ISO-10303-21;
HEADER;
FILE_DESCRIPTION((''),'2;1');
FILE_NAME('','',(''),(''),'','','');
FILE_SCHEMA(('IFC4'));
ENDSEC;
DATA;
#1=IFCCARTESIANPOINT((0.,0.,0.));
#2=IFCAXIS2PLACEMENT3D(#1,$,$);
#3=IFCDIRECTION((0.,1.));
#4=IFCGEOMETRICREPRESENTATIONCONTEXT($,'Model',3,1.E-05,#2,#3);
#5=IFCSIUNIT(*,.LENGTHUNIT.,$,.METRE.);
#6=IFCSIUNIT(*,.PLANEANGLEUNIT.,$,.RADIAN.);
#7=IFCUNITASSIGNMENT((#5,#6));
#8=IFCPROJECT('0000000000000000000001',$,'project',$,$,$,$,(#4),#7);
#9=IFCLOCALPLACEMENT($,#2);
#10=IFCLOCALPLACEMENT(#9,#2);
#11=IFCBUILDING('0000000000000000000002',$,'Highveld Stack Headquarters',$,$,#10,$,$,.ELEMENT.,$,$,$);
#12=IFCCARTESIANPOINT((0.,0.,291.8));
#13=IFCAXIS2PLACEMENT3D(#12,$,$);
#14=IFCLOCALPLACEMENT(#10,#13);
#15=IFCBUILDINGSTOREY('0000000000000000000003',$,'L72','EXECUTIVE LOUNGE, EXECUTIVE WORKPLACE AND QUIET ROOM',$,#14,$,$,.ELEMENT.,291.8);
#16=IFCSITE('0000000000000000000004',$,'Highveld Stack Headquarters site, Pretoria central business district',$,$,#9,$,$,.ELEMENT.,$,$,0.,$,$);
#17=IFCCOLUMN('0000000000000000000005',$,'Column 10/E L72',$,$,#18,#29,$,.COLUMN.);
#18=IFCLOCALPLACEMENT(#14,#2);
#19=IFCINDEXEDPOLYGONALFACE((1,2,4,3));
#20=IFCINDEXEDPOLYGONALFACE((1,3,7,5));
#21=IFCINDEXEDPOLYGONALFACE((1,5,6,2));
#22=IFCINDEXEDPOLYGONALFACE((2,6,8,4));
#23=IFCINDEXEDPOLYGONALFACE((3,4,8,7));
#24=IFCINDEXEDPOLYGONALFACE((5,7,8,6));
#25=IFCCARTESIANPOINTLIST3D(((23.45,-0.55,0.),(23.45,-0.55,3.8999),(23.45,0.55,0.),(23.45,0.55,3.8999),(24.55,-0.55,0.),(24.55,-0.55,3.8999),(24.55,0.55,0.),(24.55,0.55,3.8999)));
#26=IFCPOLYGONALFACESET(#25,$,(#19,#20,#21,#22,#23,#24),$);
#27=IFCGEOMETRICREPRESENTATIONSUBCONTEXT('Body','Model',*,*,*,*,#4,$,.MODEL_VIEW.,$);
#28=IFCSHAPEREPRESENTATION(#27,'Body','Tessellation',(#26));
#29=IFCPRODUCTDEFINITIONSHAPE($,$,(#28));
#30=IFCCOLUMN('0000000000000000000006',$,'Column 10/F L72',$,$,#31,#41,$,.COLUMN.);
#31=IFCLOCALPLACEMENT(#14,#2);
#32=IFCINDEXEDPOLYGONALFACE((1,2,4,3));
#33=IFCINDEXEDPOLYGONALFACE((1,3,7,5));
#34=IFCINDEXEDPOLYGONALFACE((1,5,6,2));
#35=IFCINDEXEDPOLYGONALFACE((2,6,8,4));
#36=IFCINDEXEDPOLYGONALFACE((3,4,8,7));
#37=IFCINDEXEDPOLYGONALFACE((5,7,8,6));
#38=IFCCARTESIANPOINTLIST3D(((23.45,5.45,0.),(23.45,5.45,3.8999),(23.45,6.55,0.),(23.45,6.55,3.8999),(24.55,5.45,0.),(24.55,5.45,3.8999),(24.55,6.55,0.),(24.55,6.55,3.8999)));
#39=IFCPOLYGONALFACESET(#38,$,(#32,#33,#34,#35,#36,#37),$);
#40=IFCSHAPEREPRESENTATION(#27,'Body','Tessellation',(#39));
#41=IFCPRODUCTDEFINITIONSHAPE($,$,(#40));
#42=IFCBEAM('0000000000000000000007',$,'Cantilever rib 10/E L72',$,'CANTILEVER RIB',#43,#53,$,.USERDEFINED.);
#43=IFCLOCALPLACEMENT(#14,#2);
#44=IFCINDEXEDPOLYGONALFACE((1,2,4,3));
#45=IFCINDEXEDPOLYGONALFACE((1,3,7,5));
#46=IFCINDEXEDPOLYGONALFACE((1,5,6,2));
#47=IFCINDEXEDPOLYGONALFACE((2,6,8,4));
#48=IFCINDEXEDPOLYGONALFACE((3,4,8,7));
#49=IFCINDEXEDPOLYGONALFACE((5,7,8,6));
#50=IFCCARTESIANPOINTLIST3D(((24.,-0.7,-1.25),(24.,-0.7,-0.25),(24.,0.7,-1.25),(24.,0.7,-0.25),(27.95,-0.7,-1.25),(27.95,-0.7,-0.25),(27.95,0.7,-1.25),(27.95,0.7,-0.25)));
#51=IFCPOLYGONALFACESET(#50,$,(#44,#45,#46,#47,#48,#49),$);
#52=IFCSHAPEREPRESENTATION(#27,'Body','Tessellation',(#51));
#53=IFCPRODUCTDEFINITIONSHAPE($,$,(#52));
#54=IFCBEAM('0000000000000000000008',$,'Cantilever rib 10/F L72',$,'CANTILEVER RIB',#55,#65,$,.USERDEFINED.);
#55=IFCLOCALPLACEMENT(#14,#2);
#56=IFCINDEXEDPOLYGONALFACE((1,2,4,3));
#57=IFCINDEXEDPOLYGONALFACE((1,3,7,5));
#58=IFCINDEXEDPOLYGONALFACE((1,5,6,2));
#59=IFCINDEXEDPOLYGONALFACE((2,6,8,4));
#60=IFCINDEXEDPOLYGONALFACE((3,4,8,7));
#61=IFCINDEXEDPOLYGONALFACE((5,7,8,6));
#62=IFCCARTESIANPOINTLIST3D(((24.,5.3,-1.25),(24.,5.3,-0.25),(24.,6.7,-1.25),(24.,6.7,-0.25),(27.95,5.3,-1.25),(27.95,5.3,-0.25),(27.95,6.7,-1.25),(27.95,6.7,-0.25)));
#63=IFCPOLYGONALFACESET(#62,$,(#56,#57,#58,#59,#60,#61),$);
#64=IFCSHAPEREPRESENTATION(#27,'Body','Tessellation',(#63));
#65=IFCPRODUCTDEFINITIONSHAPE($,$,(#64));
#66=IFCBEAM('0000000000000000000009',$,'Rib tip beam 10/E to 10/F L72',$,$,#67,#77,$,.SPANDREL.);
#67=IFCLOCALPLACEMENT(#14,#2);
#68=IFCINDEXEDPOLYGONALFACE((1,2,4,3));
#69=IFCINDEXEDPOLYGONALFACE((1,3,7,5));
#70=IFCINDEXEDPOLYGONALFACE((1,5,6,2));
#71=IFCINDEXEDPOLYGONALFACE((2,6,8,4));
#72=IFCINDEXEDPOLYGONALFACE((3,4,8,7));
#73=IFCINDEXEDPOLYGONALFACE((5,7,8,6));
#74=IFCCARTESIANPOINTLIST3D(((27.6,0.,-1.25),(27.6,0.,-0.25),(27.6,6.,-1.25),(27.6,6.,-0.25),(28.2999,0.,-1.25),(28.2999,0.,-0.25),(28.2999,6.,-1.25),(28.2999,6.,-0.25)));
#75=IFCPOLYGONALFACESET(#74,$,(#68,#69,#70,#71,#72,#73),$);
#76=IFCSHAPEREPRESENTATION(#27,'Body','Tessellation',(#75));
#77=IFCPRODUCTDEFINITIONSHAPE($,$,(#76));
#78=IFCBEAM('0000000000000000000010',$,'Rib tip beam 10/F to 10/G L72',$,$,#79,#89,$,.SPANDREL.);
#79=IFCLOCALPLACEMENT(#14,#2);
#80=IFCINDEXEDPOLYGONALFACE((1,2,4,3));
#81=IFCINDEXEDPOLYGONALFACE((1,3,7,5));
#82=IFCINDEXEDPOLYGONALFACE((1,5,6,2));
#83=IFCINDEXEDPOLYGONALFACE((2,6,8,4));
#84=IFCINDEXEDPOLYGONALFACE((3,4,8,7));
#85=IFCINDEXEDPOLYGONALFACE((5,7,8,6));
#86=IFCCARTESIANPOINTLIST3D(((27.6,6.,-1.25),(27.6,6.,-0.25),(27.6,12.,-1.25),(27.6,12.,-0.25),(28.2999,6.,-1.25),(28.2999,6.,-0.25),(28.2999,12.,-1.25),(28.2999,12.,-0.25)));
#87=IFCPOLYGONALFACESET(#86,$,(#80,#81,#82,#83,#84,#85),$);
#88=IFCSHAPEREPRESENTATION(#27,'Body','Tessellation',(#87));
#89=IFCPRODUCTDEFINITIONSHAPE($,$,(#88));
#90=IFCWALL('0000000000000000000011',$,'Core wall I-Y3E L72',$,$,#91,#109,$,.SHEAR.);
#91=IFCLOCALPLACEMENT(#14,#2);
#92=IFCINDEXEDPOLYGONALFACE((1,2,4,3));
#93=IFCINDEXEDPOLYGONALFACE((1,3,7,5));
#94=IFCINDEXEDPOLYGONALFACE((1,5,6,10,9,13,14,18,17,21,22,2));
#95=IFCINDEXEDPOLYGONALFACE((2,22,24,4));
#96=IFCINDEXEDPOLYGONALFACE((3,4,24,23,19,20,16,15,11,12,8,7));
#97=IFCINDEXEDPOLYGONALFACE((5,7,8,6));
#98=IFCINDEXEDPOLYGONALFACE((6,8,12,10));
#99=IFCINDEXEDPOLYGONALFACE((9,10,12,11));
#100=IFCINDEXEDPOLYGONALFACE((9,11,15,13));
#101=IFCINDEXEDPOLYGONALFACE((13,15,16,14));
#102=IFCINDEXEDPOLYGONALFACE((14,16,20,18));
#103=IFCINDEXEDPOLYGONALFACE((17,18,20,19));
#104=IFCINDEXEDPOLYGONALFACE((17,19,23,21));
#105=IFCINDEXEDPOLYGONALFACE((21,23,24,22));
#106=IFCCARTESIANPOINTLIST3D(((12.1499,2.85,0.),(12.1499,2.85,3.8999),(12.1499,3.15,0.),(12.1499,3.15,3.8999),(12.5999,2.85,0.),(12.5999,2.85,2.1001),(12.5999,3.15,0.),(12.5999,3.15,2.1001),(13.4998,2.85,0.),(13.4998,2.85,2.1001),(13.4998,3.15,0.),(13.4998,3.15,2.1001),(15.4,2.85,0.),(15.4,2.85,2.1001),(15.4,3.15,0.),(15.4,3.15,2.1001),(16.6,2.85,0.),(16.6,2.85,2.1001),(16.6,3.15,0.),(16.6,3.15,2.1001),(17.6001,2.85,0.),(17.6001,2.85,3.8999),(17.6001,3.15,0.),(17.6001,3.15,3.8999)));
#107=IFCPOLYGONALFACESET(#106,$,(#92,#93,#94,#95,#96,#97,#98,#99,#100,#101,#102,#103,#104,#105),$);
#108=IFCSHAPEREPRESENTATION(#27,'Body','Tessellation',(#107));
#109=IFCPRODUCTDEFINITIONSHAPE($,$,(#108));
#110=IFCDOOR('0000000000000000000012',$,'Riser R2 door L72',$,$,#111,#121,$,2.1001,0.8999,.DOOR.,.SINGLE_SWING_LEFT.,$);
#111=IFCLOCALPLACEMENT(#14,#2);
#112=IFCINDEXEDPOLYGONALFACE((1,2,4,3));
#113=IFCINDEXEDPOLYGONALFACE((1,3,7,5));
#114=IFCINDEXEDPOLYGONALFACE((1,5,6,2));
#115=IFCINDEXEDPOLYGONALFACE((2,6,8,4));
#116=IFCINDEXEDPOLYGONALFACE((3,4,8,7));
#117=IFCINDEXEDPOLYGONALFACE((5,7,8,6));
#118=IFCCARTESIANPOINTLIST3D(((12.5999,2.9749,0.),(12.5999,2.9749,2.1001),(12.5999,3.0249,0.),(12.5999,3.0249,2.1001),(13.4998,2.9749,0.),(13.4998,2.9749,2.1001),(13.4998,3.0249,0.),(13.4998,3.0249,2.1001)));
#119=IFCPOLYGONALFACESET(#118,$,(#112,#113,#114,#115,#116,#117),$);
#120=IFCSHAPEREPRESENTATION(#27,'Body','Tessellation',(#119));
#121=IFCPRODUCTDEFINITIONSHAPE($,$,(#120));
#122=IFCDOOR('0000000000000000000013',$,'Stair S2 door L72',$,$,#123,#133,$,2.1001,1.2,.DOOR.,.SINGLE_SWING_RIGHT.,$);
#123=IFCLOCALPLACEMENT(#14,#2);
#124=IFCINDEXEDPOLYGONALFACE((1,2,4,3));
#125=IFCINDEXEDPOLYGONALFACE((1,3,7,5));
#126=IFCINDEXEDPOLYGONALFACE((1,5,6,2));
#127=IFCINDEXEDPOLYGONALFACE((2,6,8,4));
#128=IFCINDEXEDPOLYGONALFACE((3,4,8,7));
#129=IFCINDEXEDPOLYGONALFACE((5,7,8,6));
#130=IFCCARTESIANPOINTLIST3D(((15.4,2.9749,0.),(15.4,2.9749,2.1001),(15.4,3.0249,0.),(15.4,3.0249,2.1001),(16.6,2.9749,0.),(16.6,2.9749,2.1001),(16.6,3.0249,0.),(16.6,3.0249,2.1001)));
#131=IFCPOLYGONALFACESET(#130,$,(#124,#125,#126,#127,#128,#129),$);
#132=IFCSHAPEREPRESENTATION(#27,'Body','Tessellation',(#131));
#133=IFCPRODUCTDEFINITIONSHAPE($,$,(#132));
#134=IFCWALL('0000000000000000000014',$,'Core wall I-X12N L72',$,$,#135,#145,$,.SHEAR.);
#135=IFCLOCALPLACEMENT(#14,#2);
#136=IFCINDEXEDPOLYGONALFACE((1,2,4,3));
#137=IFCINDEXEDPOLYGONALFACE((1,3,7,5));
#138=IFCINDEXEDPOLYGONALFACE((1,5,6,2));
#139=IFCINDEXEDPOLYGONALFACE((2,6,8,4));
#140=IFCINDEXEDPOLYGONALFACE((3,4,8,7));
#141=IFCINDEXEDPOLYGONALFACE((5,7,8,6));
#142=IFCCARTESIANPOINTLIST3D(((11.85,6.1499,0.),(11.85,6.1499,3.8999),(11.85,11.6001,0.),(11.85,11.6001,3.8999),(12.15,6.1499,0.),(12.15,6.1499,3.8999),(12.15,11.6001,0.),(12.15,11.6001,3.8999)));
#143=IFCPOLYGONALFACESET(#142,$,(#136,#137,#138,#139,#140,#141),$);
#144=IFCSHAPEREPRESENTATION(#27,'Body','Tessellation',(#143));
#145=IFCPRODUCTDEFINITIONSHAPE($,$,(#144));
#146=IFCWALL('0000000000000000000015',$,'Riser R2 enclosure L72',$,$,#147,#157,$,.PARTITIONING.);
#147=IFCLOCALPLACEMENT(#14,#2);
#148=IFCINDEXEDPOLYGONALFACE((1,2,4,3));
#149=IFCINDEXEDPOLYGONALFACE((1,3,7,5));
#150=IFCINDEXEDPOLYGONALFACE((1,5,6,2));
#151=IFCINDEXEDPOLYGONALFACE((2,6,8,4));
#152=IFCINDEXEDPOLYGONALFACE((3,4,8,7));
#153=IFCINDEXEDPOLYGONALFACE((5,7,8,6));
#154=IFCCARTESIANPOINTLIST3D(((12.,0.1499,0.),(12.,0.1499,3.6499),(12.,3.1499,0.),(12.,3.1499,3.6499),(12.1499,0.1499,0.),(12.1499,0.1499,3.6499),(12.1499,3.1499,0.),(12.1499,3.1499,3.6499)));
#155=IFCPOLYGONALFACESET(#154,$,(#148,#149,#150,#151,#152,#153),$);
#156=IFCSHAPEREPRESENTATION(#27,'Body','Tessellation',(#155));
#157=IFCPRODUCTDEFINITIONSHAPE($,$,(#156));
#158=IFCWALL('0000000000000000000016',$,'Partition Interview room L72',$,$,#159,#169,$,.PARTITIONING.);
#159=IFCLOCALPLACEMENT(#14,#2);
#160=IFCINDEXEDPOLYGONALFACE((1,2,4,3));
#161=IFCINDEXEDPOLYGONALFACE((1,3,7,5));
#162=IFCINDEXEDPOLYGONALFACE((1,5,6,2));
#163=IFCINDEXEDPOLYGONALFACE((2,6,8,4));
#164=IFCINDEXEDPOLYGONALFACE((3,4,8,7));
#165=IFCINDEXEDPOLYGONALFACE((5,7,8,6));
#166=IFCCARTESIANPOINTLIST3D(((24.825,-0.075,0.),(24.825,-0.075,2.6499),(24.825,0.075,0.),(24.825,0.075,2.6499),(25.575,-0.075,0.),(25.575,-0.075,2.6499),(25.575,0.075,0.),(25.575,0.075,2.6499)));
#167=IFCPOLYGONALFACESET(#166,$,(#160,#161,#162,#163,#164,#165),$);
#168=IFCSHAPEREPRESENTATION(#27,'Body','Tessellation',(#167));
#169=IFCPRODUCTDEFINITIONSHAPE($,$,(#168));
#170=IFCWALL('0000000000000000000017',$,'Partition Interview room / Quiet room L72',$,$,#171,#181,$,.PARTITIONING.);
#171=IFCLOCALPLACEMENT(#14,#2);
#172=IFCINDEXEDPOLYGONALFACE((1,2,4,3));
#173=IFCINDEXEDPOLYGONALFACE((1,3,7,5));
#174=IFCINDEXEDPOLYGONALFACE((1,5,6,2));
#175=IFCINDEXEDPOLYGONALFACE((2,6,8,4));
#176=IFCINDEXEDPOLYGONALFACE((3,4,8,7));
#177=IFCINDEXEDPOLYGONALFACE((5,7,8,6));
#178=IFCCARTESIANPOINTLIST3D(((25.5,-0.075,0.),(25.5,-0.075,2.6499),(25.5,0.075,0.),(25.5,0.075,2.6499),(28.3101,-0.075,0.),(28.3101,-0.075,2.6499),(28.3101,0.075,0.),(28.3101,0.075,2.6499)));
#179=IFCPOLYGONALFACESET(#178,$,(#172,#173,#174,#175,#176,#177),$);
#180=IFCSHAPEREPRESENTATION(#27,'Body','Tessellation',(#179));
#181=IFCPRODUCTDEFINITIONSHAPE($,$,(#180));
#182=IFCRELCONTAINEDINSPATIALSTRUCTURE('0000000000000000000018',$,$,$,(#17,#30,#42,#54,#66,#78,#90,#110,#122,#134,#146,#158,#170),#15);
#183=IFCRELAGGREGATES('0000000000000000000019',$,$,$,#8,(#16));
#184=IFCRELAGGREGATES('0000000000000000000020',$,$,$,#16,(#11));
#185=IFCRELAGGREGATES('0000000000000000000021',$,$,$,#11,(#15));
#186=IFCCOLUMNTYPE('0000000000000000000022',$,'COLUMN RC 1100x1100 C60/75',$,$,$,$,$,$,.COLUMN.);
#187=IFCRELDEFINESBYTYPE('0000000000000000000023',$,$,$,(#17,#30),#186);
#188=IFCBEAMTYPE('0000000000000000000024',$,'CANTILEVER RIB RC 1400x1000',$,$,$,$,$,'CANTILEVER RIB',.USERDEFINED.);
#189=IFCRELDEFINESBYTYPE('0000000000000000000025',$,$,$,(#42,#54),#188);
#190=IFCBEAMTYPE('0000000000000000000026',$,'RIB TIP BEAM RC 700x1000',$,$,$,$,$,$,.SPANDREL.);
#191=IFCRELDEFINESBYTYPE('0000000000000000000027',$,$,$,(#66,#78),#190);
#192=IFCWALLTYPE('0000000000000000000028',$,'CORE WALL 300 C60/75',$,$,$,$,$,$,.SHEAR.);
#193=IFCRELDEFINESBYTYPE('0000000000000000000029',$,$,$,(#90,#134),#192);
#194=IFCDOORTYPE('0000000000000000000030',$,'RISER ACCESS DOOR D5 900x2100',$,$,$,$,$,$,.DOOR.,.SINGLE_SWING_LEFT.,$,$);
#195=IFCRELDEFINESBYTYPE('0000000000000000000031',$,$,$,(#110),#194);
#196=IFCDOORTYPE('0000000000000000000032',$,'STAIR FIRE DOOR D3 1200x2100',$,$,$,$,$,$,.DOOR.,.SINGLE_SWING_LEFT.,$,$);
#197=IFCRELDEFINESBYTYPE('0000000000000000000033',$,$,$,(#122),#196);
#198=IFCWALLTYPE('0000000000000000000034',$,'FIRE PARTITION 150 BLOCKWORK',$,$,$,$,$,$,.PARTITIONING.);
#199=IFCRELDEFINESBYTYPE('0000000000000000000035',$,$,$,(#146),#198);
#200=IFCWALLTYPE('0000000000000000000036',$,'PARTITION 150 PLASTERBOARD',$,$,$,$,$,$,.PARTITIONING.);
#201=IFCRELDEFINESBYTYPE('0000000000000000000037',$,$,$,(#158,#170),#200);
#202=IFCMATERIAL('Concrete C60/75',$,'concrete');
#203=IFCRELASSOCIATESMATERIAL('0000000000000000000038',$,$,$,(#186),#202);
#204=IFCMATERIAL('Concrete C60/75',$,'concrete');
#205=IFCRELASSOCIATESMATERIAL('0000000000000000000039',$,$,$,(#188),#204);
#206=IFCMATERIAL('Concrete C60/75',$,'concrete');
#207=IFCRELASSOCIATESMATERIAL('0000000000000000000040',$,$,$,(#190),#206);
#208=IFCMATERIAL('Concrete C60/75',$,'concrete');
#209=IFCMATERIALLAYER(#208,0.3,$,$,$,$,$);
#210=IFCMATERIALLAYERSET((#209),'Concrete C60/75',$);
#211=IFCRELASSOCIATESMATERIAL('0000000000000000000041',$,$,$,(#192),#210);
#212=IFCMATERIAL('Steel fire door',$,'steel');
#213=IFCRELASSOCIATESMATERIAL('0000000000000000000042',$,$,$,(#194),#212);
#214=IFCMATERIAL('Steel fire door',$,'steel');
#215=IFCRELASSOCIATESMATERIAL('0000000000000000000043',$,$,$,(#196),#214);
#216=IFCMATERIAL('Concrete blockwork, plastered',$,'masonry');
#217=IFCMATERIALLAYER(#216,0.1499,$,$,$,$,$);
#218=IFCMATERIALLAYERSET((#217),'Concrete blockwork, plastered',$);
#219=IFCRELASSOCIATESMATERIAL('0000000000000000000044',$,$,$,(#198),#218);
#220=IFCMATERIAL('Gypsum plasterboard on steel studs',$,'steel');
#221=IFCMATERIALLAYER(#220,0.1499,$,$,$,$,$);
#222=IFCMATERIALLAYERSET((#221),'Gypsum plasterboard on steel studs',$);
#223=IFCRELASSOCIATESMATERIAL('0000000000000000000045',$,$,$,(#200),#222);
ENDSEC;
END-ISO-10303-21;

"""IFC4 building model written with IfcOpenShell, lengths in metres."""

from ifc_helpers import new_model, si_unit, direction, frame, frame_2d, origin, origin_2d, place, context, subcontext, project, spatial, rectangle, extrude, material, layer, layer_set, material_profile, profile_set, type_object, element, fill, save


model = new_model("IFC4")

# Units and contexts
model_context = context("Model", 3, precision=1e-05, world=origin(), true_north=direction((0.0, 1.0)))
body_context = subcontext(model_context, "Body", "Model", "MODEL_VIEW")
ifc_project = project(units=[si_unit("LENGTHUNIT", "METRE"), si_unit("PLANEANGLEUNIT", "RADIAN")], contexts=[model_context])

# Site, building, storey
site_placement = place(None, origin())
site = spatial("IfcSite", under=ifc_project, at=site_placement, Name="Highveld Stack Headquarters site, Pretoria central business district", CompositionType="ELEMENT", RefElevation=0.0)
building_placement = place(site_placement, origin())
building = spatial("IfcBuilding", under=site, at=building_placement, Name="Highveld Stack Headquarters", CompositionType="ELEMENT")
storey_placement = place(building_placement, frame((0.0, 0.0, 291.8)))
storey = spatial("IfcBuildingStorey", under=building, at=storey_placement, Name="L72", Description="EXECUTIVE LOUNGE, EXECUTIVE WORKPLACE AND QUIET ROOM", CompositionType="ELEMENT", Elevation=291.8)

# Columns
ifc_material_1 = material(Name="Concrete C60/75", Category="concrete")
ifc_material_profile_1 = material_profile(ifc_material_1, rectangle(XDim=1.1001, YDim=1.1001, at=origin_2d()), Name="RC 1100x1100")
ifc_profile_set_1 = profile_set([ifc_material_profile_1], Name="Concrete C60/75")
column_type = type_object("IfcColumnType", Name="COLUMN RC 1100x1100 C60/75", PredefinedType="COLUMN", material=ifc_profile_set_1)
for number, where, z_axis, x_axis, name in (
    (1, (24.0, 0.0, 0.0), (0.0, 0.0, 1.0), (1.0, 0.0, 0.0), "Column 10/E L72"),
    (2, (24.0, 6.0, 0.0), (0.0, 0.0, 1.0), (1.0, 0.0, 0.0), "Column 10/F L72"),
):
    element("IfcColumn", number, at=place(storey_placement, frame(where, z_axis=z_axis, x_axis=x_axis)), inside=storey, type_object=column_type, Name=name, PredefinedType="COLUMN", context=body_context, shape_type="SweptSolid", body=[
        extrude(rectangle(XDim=1.1001, YDim=1.1001, at=origin_2d()), origin(), (0.0, 0.0, 1.0), 3.8999),
    ])

# Beams
ifc_material_2 = material(Name="Concrete C60/75", Category="concrete")
ifc_material_profile_2 = material_profile(ifc_material_2, rectangle(XDim=1.3999, YDim=1.0, at=origin_2d()), Name="RC 1400x1000")
ifc_profile_set_2 = profile_set([ifc_material_profile_2], Name="Concrete C60/75")
beam_type_1 = type_object("IfcBeamType", Name="CANTILEVER RIB RC 1400x1000", ElementType="CANTILEVER RIB", PredefinedType="USERDEFINED", material=ifc_profile_set_2)
for number, where, z_axis, x_axis, name in (
    (3, (24.0, 0.0, -0.75), (1.0, 0.0, 0.0), (0.0, 1.0, 0.0), "Cantilever rib 10/E L72"),
    (4, (24.0, 6.0, -0.75), (1.0, 0.0, 0.0), (0.0, 1.0, 0.0), "Cantilever rib 10/F L72"),
):
    element("IfcBeam", number, at=place(storey_placement, frame(where, z_axis=z_axis, x_axis=x_axis)), inside=storey, type_object=beam_type_1, Name=name, ObjectType="CANTILEVER RIB", PredefinedType="USERDEFINED", context=body_context, shape_type="SweptSolid", body=[
        extrude(rectangle(XDim=1.3999, YDim=1.0, at=origin_2d()), origin(), (0.0, 0.0, 1.0), 3.95),
    ])
ifc_material_3 = material(Name="Concrete C60/75", Category="concrete")
ifc_material_profile_3 = material_profile(ifc_material_3, rectangle(XDim=0.7, YDim=1.0, at=origin_2d()), Name="RC 700x1000")
ifc_profile_set_3 = profile_set([ifc_material_profile_3], Name="Concrete C60/75")
beam_type_2 = type_object("IfcBeamType", Name="RIB TIP BEAM RC 700x1000", PredefinedType="SPANDREL", material=ifc_profile_set_3)
for number, where, z_axis, x_axis, name in (
    (5, (27.95, 0.0, -0.75), (0.0, 1.0, 0.0), (-1.0, 0.0, 0.0), "Rib tip beam 10/E to 10/F L72"),
    (6, (27.95, 6.0, -0.75), (0.0, 1.0, 0.0), (-1.0, 0.0, 0.0), "Rib tip beam 10/F to 10/G L72"),
):
    element("IfcBeam", number, at=place(storey_placement, frame(where, z_axis=z_axis, x_axis=x_axis)), inside=storey, type_object=beam_type_2, Name=name, PredefinedType="SPANDREL", context=body_context, shape_type="SweptSolid", body=[
        extrude(rectangle(XDim=0.7, YDim=1.0, at=origin_2d()), origin(), (0.0, 0.0, 1.0), 6.0),
    ])

# Wall, openings, doors
ifc_material_4 = material(Name="Concrete C60/75", Category="concrete")
ifc_layer_1 = layer(ifc_material_4, 0.3)
ifc_layer_set_1 = layer_set([ifc_layer_1], Name="Concrete C60/75")
wall_type_1 = type_object("IfcWallType", Name="CORE WALL 300 C60/75", PredefinedType="SHEAR", material=ifc_layer_set_1)
wall_1_placement = place(storey_placement, frame((12.1499, 3.0, 0.0), z_axis=(0.0, 0.0, 1.0), x_axis=(1.0, 0.0, 0.0)))
wall_1 = element("IfcWall", 7, at=wall_1_placement, inside=storey, type_object=wall_type_1, Name="Core wall I-Y3E L72", PredefinedType="SHEAR", context=body_context, shape_type="SweptSolid", body=[
    extrude(rectangle(XDim=5.4502, YDim=0.3, at=frame_2d((2.7251, 0.0))), origin(), (0.0, 0.0, 1.0), 3.8999),
])
opening_1_placement = place(wall_1_placement, frame((3.25, 0.0, 0.0)))
opening_1 = element("IfcOpeningElement", 8, at=opening_1_placement, cuts=wall_1, PredefinedType="OPENING", context=body_context, shape_type="SweptSolid", body=[
    extrude(rectangle(XDim=1.2, YDim=2.1001, at=frame_2d((0.6001, 1.05))), frame((0.0, 0.1599, 0.0), z_axis=(0.0, -1.0, 0.0), x_axis=(1.0, 0.0, 0.0)), (0.0, 0.0, 1.0), 0.3201),
])
opening_2_placement = place(wall_1_placement, frame((0.45, 0.0, 0.0)))
opening_2 = element("IfcOpeningElement", 9, at=opening_2_placement, cuts=wall_1, PredefinedType="OPENING", context=body_context, shape_type="SweptSolid", body=[
    extrude(rectangle(XDim=0.8999, YDim=2.1001, at=frame_2d((0.45, 1.05))), frame((0.0, 0.1599, 0.0), z_axis=(0.0, -1.0, 0.0), x_axis=(1.0, 0.0, 0.0)), (0.0, 0.0, 1.0), 0.3201),
])
ifc_material_5 = material(Name="Steel fire door", Category="steel")
door_type_1 = type_object("IfcDoorType", Name="RISER ACCESS DOOR D5 900x2100", OperationType="SINGLE_SWING_LEFT", PredefinedType="DOOR", material=ifc_material_5)
door_1_placement = place(opening_2_placement, origin())
door_1 = element("IfcDoor", 10, at=door_1_placement, inside=storey, type_object=door_type_1, Name="Riser R2 door L72", OperationType="SINGLE_SWING_LEFT", OverallHeight=2.1001, OverallWidth=0.8999, PredefinedType="DOOR", context=body_context, shape_type="SweptSolid", body=[
    extrude(rectangle(XDim=0.8999, YDim=2.1001, at=frame_2d((0.45, 1.05))), frame((0.0, 0.0249, 0.0), z_axis=(0.0, -1.0, 0.0), x_axis=(1.0, 0.0, 0.0)), (0.0, 0.0, 1.0), 0.05),
])
fill(opening_2, door_1)
ifc_material_6 = material(Name="Steel fire door", Category="steel")
door_type_2 = type_object("IfcDoorType", Name="STAIR FIRE DOOR D3 1200x2100", OperationType="SINGLE_SWING_LEFT", PredefinedType="DOOR", material=ifc_material_6)
door_2_placement = place(opening_1_placement, origin())
door_2 = element("IfcDoor", 11, at=door_2_placement, inside=storey, type_object=door_type_2, Name="Stair S2 door L72", OperationType="SINGLE_SWING_RIGHT", OverallHeight=2.1001, OverallWidth=1.2, PredefinedType="DOOR", context=body_context, shape_type="SweptSolid", body=[
    extrude(rectangle(XDim=1.2, YDim=2.1001, at=frame_2d((0.6001, 1.05))), frame((0.0, 0.0249, 0.0), z_axis=(0.0, -1.0, 0.0), x_axis=(1.0, 0.0, 0.0)), (0.0, 0.0, 1.0), 0.05),
])
fill(opening_1, door_2)

# Walls
wall_2_placement = place(storey_placement, frame((12.0, 6.1499, 0.0), z_axis=(0.0, 0.0, 1.0), x_axis=(0.0, 1.0, 0.0)))
element("IfcWall", 12, at=wall_2_placement, inside=storey, type_object=wall_type_1, Name="Core wall I-X12N L72", PredefinedType="SHEAR", context=body_context, shape_type="SweptSolid", body=[
    extrude(rectangle(XDim=5.4502, YDim=0.3, at=frame_2d((2.7251, 0.0))), origin(), (0.0, 0.0, 1.0), 3.8999),
])
ifc_material_7 = material(Name="Concrete blockwork, plastered", Category="masonry")
ifc_layer_2 = layer(ifc_material_7, 0.1499)
ifc_layer_set_2 = layer_set([ifc_layer_2], Name="Concrete blockwork, plastered")
wall_type_2 = type_object("IfcWallType", Name="FIRE PARTITION 150 BLOCKWORK", PredefinedType="PARTITIONING", material=ifc_layer_set_2)
wall_3_placement = place(storey_placement, frame((12.075, 0.1499, 0.0), z_axis=(0.0, 0.0, 1.0), x_axis=(0.0, 1.0, 0.0)))
element("IfcWall", 13, at=wall_3_placement, inside=storey, type_object=wall_type_2, Name="Riser R2 enclosure L72", PredefinedType="PARTITIONING", context=body_context, shape_type="SweptSolid", body=[
    extrude(rectangle(XDim=3.0, YDim=0.1499, at=frame_2d((1.5, 0.0))), origin(), (0.0, 0.0, 1.0), 3.6499),
])
ifc_material_8 = material(Name="Gypsum plasterboard on steel studs", Category="steel")
ifc_layer_3 = layer(ifc_material_8, 0.1499)
ifc_layer_set_3 = layer_set([ifc_layer_3], Name="Gypsum plasterboard on steel studs")
wall_type_3 = type_object("IfcWallType", Name="PARTITION 150 PLASTERBOARD", PredefinedType="PARTITIONING", material=ifc_layer_set_3)
wall_4_placement = place(storey_placement, frame((24.825, 0.0, 0.0), z_axis=(0.0, 0.0, 1.0), x_axis=(1.0, 0.0, 0.0)))
element("IfcWall", 14, at=wall_4_placement, inside=storey, type_object=wall_type_3, Name="Partition Interview room L72", PredefinedType="PARTITIONING", context=body_context, shape_type="SweptSolid", body=[
    extrude(rectangle(XDim=0.75, YDim=0.1499, at=frame_2d((0.375, 0.0))), origin(), (0.0, 0.0, 1.0), 2.6499),
])
wall_5_placement = place(storey_placement, frame((25.5, 0.0, 0.0), z_axis=(0.0, 0.0, 1.0), x_axis=(1.0, 0.0, 0.0)))
element("IfcWall", 15, at=wall_5_placement, inside=storey, type_object=wall_type_3, Name="Partition Interview room / Quiet room L72", PredefinedType="PARTITIONING", context=body_context, shape_type="SweptSolid", body=[
    extrude(rectangle(XDim=2.8101, YDim=0.1499, at=frame_2d((1.405, 0.0))), origin(), (0.0, 0.0, 1.0), 2.6499),
])

save(model, "model.ifc")
